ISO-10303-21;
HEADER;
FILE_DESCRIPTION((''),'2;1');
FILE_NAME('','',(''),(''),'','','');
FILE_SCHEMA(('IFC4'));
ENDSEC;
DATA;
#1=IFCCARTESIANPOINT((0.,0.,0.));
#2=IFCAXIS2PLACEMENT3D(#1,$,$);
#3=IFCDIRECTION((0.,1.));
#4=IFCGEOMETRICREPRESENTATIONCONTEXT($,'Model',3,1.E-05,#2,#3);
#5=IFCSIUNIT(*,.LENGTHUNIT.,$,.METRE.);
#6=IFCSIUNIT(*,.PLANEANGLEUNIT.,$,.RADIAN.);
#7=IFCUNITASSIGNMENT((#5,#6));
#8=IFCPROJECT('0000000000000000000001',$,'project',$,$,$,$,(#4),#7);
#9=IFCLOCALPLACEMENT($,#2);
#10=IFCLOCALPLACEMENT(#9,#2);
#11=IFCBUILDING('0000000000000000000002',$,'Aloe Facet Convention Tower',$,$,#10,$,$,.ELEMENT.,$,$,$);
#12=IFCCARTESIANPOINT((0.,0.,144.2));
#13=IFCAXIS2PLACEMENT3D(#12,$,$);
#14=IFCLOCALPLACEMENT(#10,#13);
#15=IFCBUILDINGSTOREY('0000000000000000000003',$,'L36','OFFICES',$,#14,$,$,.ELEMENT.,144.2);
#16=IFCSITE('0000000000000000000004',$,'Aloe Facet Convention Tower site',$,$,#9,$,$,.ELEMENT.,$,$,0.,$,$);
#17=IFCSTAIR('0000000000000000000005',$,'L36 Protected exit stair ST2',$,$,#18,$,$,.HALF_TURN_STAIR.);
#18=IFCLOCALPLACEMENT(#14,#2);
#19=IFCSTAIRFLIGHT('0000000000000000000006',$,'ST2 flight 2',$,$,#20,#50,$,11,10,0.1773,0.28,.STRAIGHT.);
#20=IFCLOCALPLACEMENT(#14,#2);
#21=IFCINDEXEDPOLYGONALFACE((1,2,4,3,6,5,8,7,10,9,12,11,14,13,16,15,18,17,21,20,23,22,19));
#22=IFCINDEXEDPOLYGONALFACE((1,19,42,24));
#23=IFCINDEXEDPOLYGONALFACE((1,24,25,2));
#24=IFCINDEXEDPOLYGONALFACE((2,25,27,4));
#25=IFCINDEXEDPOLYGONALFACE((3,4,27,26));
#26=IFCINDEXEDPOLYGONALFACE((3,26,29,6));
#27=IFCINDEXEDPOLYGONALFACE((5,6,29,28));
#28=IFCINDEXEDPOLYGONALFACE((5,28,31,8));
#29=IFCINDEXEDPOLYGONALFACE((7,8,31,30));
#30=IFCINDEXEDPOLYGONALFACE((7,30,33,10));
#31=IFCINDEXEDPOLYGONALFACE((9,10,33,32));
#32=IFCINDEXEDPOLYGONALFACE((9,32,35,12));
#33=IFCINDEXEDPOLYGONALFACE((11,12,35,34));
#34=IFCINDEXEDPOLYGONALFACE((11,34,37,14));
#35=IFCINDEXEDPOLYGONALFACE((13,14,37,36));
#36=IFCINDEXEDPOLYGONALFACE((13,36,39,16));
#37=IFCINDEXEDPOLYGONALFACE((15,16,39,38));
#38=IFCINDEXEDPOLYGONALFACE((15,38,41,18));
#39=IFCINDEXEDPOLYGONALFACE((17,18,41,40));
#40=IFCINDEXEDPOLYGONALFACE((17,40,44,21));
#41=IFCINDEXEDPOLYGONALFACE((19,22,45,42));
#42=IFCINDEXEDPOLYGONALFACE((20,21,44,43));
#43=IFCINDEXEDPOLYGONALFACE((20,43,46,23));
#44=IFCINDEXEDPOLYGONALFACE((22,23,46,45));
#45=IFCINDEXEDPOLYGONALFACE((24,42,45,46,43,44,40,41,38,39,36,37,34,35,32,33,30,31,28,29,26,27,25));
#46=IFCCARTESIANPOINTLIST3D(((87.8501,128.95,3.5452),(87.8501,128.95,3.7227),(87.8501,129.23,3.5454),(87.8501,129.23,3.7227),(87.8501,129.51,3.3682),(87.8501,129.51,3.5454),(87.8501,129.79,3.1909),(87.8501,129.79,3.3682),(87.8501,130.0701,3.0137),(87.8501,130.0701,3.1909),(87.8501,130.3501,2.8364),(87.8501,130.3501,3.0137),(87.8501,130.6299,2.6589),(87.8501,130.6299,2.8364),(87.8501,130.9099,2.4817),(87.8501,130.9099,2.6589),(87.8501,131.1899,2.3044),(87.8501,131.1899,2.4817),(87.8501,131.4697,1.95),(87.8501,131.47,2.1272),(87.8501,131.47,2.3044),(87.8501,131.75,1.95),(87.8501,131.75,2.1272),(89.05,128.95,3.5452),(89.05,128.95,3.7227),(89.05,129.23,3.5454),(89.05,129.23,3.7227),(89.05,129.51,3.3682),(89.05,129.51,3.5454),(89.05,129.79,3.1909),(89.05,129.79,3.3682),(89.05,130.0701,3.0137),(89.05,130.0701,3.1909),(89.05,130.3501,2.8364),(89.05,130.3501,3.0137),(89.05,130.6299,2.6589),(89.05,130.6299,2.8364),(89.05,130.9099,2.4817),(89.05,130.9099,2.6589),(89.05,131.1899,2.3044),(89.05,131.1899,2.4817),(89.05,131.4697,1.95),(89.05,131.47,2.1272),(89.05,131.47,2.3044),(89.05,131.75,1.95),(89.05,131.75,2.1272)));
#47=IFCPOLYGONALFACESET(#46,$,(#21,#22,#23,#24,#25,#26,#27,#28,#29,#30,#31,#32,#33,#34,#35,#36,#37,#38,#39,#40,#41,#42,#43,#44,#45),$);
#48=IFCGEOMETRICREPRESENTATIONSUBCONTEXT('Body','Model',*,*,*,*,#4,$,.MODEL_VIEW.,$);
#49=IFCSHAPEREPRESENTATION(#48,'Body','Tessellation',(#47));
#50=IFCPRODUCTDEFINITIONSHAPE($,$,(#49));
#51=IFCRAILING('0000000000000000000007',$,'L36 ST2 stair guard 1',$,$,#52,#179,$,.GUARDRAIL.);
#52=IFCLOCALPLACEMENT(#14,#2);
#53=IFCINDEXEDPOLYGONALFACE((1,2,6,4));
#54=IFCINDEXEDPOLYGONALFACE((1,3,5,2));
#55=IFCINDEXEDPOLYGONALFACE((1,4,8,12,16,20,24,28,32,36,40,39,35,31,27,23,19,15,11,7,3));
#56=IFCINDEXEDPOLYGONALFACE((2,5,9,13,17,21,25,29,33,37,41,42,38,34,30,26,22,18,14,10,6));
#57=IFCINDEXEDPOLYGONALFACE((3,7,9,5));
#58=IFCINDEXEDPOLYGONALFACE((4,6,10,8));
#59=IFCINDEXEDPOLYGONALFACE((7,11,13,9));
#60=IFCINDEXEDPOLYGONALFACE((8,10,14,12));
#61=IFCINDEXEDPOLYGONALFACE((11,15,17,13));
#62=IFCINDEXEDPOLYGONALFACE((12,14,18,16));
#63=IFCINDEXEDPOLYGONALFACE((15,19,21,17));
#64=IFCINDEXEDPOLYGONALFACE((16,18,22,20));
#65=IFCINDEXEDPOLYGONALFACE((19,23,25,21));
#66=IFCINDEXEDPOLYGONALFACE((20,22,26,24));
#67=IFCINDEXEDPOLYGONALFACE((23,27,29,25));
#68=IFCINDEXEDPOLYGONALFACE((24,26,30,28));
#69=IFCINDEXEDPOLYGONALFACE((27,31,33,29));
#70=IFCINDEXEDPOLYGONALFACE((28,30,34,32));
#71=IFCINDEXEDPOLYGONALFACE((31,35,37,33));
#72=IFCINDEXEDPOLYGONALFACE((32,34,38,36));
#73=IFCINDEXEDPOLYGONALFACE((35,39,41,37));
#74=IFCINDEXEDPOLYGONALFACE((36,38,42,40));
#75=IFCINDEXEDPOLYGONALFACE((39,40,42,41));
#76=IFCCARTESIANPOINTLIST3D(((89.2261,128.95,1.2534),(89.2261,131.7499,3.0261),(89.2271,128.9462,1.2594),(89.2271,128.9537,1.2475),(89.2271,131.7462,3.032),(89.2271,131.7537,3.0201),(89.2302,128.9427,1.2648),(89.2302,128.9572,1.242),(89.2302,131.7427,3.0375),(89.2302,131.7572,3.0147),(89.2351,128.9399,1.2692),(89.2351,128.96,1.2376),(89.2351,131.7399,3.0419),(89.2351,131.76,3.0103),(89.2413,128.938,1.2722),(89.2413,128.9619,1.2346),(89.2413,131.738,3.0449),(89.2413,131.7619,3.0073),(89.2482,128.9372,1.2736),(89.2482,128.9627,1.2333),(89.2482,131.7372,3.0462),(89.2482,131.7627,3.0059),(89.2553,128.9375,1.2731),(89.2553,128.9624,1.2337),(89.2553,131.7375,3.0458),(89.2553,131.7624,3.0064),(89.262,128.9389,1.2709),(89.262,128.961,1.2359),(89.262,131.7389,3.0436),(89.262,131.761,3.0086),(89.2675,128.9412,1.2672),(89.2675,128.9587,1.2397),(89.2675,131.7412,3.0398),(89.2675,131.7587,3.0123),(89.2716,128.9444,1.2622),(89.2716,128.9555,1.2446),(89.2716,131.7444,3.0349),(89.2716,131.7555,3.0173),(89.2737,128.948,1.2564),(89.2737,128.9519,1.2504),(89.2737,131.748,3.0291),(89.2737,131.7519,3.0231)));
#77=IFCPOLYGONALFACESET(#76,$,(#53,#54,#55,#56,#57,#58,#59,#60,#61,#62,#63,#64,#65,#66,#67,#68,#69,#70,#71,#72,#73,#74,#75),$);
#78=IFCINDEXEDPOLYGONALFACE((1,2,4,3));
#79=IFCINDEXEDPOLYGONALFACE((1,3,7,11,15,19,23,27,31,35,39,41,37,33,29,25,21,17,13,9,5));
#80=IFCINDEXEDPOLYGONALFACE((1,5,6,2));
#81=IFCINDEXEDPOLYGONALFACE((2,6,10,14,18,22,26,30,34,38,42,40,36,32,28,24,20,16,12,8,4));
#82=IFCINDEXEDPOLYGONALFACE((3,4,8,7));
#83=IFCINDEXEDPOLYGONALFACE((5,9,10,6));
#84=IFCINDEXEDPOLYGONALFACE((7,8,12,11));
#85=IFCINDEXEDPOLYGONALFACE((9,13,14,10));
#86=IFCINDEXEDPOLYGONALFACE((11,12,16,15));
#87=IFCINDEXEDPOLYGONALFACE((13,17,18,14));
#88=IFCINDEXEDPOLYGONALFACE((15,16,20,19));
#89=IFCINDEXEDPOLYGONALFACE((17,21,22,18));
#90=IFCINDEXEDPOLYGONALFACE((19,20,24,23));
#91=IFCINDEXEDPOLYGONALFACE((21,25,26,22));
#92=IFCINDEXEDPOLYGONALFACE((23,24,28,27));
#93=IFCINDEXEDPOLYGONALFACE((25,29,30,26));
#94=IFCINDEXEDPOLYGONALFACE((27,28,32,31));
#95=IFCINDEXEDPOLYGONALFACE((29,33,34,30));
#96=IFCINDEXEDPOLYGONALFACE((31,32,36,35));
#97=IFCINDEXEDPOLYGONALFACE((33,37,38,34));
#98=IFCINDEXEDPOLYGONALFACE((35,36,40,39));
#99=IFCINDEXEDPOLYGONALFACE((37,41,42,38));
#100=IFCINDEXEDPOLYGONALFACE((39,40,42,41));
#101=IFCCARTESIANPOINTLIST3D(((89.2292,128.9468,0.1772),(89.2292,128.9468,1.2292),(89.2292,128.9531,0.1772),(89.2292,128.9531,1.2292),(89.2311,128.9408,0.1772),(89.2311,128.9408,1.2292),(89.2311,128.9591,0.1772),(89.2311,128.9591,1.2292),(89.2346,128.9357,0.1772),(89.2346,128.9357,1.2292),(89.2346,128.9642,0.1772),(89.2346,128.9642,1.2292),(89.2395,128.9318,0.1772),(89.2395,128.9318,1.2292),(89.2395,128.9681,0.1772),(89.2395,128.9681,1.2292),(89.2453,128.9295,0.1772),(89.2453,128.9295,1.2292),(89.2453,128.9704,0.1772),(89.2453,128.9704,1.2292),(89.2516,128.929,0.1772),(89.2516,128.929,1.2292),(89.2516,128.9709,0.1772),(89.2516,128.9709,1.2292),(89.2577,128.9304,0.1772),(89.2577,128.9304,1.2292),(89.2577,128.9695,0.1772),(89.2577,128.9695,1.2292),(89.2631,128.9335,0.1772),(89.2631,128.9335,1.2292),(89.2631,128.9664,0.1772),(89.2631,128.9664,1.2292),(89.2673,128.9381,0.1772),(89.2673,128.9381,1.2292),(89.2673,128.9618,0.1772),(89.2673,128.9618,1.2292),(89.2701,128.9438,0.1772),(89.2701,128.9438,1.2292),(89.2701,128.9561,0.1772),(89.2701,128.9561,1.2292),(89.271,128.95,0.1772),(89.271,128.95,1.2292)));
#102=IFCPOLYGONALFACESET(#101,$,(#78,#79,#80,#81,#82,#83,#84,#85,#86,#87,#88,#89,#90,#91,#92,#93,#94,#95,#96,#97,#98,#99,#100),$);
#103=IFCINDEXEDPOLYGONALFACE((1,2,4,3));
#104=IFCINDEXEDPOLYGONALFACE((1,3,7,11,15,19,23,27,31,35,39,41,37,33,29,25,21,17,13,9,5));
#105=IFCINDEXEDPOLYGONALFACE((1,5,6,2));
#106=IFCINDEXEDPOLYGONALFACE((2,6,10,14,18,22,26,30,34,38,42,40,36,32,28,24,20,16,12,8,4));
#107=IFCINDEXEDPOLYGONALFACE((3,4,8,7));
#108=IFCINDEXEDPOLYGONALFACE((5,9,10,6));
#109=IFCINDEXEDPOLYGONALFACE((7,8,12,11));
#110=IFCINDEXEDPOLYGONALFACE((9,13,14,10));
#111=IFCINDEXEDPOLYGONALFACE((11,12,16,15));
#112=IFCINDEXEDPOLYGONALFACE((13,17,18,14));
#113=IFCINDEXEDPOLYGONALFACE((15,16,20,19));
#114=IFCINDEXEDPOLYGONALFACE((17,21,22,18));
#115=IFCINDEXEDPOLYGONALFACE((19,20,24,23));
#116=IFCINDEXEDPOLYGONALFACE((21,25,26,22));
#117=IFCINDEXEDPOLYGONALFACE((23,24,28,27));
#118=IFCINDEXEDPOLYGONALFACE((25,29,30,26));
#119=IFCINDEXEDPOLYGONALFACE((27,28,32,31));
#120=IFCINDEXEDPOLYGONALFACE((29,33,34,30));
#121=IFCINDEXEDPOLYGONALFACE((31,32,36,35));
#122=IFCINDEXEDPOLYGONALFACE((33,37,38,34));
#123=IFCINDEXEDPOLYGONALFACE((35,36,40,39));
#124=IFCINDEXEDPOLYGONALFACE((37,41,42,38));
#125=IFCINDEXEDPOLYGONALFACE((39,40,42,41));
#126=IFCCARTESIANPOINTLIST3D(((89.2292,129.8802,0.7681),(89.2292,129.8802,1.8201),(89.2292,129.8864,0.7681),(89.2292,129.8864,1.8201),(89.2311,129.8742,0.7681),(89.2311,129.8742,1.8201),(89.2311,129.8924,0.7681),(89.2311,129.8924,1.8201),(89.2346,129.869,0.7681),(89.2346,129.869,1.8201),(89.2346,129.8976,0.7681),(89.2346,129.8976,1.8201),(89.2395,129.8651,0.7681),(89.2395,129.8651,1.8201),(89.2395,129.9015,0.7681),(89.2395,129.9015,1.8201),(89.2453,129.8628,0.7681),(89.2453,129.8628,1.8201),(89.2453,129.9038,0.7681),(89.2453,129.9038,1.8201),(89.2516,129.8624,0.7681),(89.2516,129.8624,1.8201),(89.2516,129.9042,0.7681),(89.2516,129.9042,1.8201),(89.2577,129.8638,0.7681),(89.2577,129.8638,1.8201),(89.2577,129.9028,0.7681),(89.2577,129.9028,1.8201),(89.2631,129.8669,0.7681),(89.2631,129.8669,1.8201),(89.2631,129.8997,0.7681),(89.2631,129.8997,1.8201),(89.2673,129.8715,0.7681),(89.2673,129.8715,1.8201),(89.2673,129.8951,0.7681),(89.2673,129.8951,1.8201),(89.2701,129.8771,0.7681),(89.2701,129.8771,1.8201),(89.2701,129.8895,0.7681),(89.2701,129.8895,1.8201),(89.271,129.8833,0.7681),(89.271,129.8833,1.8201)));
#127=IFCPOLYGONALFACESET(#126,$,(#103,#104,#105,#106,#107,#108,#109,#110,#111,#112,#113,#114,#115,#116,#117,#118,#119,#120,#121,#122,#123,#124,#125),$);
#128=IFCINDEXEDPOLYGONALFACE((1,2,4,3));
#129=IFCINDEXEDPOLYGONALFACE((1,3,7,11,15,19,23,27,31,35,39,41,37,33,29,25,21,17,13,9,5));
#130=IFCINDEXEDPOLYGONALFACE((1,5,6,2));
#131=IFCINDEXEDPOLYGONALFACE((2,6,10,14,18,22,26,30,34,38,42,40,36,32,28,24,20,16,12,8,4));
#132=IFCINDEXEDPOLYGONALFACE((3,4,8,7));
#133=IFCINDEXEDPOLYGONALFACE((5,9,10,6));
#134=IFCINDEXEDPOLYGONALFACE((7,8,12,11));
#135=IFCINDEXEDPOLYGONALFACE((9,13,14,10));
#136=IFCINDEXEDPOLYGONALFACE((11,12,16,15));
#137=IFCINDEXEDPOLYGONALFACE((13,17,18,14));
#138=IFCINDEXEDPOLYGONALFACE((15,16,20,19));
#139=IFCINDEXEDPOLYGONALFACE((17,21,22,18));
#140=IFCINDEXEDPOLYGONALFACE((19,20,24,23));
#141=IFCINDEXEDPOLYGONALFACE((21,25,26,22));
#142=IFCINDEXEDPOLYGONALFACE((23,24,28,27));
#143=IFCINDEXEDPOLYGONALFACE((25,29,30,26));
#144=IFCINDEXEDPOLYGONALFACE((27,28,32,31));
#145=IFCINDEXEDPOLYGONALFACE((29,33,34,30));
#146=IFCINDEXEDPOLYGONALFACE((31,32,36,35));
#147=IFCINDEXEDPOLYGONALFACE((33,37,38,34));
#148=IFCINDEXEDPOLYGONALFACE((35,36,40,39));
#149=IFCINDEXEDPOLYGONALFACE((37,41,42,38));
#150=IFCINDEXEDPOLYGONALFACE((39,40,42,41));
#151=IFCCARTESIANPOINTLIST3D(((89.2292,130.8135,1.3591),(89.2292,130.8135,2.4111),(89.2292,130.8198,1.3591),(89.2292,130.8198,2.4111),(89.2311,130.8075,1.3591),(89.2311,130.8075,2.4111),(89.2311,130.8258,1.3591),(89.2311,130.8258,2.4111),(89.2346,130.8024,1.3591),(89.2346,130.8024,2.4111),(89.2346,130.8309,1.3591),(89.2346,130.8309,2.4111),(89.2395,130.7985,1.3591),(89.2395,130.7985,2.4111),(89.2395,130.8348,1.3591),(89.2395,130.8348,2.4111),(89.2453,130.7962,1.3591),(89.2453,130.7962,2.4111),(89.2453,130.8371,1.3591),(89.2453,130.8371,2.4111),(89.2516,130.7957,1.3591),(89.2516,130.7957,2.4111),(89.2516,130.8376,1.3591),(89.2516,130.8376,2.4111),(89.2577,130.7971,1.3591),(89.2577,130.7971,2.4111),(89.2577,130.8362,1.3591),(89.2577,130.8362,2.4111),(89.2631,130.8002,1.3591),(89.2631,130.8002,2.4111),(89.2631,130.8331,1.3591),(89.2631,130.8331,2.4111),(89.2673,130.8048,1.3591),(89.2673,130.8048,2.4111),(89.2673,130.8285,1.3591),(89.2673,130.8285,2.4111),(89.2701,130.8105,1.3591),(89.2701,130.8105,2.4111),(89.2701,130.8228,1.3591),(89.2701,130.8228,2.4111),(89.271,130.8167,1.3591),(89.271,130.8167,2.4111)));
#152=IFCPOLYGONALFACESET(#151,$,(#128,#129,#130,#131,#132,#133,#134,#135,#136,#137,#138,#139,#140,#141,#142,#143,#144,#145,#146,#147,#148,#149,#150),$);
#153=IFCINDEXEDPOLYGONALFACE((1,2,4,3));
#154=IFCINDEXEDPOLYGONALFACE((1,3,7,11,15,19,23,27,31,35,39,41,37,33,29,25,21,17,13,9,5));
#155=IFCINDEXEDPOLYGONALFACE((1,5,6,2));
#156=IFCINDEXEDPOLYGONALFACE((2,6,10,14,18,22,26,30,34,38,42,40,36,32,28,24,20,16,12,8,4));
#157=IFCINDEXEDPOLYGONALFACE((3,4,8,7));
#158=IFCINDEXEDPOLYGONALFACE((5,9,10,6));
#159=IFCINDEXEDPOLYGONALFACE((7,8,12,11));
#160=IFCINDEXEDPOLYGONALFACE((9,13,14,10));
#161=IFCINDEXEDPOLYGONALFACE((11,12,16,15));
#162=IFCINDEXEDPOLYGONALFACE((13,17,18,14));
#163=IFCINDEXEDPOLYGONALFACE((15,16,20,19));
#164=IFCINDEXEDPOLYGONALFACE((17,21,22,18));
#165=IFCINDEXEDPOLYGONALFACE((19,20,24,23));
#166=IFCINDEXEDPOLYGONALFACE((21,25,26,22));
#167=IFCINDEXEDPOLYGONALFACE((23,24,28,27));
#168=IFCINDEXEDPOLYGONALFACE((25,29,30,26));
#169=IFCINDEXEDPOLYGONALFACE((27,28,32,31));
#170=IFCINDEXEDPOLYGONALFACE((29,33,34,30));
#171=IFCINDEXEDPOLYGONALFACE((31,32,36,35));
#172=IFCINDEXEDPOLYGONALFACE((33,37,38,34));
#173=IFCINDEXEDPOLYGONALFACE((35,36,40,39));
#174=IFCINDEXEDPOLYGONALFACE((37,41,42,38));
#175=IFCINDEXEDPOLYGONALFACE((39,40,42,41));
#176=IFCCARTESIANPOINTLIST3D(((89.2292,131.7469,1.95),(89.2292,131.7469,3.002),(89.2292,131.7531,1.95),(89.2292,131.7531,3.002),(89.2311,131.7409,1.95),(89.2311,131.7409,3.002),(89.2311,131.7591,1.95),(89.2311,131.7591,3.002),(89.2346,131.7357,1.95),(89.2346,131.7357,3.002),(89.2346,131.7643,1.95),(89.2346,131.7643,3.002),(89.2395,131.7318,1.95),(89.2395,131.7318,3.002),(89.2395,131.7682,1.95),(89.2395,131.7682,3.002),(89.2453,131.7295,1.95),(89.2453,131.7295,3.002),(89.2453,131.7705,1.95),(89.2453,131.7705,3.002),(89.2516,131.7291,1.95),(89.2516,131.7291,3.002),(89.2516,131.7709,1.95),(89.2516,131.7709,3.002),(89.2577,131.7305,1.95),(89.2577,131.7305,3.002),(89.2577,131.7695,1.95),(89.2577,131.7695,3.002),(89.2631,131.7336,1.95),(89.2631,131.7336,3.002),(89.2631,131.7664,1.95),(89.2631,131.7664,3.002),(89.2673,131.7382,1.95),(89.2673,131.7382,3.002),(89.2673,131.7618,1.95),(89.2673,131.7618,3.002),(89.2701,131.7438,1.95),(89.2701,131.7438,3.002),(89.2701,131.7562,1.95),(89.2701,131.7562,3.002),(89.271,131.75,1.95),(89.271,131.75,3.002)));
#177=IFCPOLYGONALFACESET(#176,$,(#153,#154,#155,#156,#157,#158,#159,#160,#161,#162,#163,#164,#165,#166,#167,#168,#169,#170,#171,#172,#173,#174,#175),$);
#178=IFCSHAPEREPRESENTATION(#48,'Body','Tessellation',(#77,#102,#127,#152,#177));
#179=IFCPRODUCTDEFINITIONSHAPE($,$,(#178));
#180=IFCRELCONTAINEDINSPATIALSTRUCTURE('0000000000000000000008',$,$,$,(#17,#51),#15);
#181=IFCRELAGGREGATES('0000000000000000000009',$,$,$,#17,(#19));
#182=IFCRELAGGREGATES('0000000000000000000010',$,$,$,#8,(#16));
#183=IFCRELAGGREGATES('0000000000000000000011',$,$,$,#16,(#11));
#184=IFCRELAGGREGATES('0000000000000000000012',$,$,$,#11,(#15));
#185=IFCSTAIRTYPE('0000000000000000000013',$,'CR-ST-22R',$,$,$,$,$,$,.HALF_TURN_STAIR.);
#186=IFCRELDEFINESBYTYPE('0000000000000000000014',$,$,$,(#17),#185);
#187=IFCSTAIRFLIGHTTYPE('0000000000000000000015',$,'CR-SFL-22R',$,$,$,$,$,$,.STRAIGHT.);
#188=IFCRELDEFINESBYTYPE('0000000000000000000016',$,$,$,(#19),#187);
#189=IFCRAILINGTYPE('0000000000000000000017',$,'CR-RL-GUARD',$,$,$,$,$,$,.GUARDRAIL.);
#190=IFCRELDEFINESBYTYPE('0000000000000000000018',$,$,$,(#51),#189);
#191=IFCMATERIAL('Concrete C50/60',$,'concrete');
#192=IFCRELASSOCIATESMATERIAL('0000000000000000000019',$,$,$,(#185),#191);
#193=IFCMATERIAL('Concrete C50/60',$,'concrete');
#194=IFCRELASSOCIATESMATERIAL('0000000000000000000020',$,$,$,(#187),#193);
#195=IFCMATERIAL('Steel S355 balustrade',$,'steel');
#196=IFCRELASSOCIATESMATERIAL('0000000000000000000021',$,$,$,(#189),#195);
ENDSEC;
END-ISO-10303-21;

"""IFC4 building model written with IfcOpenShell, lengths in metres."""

from ifc_helpers import new_model, si_unit, direction, frame, origin, origin_2d, place, context, subcontext, project, spatial, polyline, circle, outline, extrude, material, type_object, element, aggregate, save


model = new_model("IFC4")

# Units and contexts
model_context = context("Model", 3, precision=1e-05, world=origin(), true_north=direction((0.0, 1.0)))
body_context = subcontext(model_context, "Body", "Model", "MODEL_VIEW")
ifc_project = project(units=[si_unit("LENGTHUNIT", "METRE"), si_unit("PLANEANGLEUNIT", "RADIAN")], contexts=[model_context])

# Site, building, storey
site_placement = place(None, origin())
site = spatial("IfcSite", under=ifc_project, at=site_placement, Name="Aloe Facet Convention Tower site", CompositionType="ELEMENT", RefElevation=0.0)
building_placement = place(site_placement, origin())
building = spatial("IfcBuilding", under=site, at=building_placement, Name="Aloe Facet Convention Tower", CompositionType="ELEMENT")
storey_placement = place(building_placement, frame((0.0, 0.0, 144.2)))
storey = spatial("IfcBuildingStorey", under=building, at=storey_placement, Name="L36", Description="OFFICES", CompositionType="ELEMENT", Elevation=144.2)

# Stair, stair flight
ifc_material_1 = material(Name="Concrete C50/60", Category="concrete")
stair_type = type_object("IfcStairType", Name="CR-ST-22R", PredefinedType="HALF_TURN_STAIR", material=ifc_material_1)
stair_placement = place(storey_placement, origin())
stair = element("IfcStair", 1, at=stair_placement, inside=storey, type_object=stair_type, Name="L36 Protected exit stair ST2", PredefinedType="HALF_TURN_STAIR")
ifc_material_2 = material(Name="Concrete C50/60", Category="concrete")
stair_flight_type = type_object("IfcStairFlightType", Name="CR-SFL-22R", PredefinedType="STRAIGHT", material=ifc_material_2)
stair_flight_1_placement = place(storey_placement, frame((88.45, 131.75, 1.95), z_axis=(0.0, 0.0, 1.0), x_axis=(0.0, -1.0, 0.0)))
stair_flight_1 = element("IfcStairFlight", 2, at=stair_flight_1_placement, type_object=stair_flight_type, Name="ST2 flight 2", NumberOfRisers=11, NumberOfTreads=10, PredefinedType="STRAIGHT", RiserHeight=0.1773, TreadLength=0.28, context=body_context, shape_type="SweptSolid", body=[
    extrude(outline(polyline([(0.0, 0.0), (0.0, 0.1772), (0.28, 0.1772), (0.28, 0.3545), (0.5601, 0.3545), (0.5601, 0.5317), (0.8401, 0.5317), (0.8401, 0.709), (1.1201, 0.709), (1.1201, 0.8865), (1.3999, 0.8865), (1.3999, 1.0637), (1.6799, 1.0637), (1.6799, 1.241), (1.96, 1.241), (1.96, 1.4182), (2.24, 1.4182), (2.24, 1.5955), (2.52, 1.5955), (2.52, 1.7727), (2.8, 1.7727), (2.8, 1.95), (2.8, 1.5952), (0.2803, 0.0), (0.0, 0.0)])), frame((0.0, 0.6001, 0.0), z_axis=(0.0, -1.0, 0.0), x_axis=(1.0, 0.0, 0.0)), (0.0, 0.0, 1.0), 1.2),
])
aggregate(stair, [stair_flight_1])

# Railing
ifc_material_3 = material(Name="Steel S355 balustrade", Category="steel")
railing_type_1 = type_object("IfcRailingType", Name="CR-RL-GUARD", PredefinedType="GUARDRAIL", material=ifc_material_3)
railing_1_placement = place(storey_placement, frame((89.25, 128.95, 0.1772)))
element("IfcRailing", 3, at=railing_1_placement, inside=storey, type_object=railing_type_1, Name="L36 ST2 stair guard 1", PredefinedType="GUARDRAIL", context=body_context, shape_type="SweptSolid", body=[
    extrude(circle(Radius=0.0239, at=origin_2d()), frame((0.0, 0.0, 1.0762), z_axis=(0.0, 0.844909, 0.53491), x_axis=(-1.0, 0.0, 0.0)), (0.0, 0.0, 1.0), 3.314),
    extrude(circle(Radius=0.021, at=origin_2d()), origin(), (0.0, 0.0, 1.0), 1.052),
    extrude(circle(Radius=0.021, at=origin_2d()), frame((0.0, 0.9333, 0.5908)), (0.0, 0.0, 1.0), 1.052),
    extrude(circle(Radius=0.021, at=origin_2d()), frame((0.0, 1.8667, 1.1819)), (0.0, 0.0, 1.0), 1.052),
    extrude(circle(Radius=0.021, at=origin_2d()), frame((0.0, 2.8, 1.7727)), (0.0, 0.0, 1.0), 1.052),
])

save(model, "model.ifc")
